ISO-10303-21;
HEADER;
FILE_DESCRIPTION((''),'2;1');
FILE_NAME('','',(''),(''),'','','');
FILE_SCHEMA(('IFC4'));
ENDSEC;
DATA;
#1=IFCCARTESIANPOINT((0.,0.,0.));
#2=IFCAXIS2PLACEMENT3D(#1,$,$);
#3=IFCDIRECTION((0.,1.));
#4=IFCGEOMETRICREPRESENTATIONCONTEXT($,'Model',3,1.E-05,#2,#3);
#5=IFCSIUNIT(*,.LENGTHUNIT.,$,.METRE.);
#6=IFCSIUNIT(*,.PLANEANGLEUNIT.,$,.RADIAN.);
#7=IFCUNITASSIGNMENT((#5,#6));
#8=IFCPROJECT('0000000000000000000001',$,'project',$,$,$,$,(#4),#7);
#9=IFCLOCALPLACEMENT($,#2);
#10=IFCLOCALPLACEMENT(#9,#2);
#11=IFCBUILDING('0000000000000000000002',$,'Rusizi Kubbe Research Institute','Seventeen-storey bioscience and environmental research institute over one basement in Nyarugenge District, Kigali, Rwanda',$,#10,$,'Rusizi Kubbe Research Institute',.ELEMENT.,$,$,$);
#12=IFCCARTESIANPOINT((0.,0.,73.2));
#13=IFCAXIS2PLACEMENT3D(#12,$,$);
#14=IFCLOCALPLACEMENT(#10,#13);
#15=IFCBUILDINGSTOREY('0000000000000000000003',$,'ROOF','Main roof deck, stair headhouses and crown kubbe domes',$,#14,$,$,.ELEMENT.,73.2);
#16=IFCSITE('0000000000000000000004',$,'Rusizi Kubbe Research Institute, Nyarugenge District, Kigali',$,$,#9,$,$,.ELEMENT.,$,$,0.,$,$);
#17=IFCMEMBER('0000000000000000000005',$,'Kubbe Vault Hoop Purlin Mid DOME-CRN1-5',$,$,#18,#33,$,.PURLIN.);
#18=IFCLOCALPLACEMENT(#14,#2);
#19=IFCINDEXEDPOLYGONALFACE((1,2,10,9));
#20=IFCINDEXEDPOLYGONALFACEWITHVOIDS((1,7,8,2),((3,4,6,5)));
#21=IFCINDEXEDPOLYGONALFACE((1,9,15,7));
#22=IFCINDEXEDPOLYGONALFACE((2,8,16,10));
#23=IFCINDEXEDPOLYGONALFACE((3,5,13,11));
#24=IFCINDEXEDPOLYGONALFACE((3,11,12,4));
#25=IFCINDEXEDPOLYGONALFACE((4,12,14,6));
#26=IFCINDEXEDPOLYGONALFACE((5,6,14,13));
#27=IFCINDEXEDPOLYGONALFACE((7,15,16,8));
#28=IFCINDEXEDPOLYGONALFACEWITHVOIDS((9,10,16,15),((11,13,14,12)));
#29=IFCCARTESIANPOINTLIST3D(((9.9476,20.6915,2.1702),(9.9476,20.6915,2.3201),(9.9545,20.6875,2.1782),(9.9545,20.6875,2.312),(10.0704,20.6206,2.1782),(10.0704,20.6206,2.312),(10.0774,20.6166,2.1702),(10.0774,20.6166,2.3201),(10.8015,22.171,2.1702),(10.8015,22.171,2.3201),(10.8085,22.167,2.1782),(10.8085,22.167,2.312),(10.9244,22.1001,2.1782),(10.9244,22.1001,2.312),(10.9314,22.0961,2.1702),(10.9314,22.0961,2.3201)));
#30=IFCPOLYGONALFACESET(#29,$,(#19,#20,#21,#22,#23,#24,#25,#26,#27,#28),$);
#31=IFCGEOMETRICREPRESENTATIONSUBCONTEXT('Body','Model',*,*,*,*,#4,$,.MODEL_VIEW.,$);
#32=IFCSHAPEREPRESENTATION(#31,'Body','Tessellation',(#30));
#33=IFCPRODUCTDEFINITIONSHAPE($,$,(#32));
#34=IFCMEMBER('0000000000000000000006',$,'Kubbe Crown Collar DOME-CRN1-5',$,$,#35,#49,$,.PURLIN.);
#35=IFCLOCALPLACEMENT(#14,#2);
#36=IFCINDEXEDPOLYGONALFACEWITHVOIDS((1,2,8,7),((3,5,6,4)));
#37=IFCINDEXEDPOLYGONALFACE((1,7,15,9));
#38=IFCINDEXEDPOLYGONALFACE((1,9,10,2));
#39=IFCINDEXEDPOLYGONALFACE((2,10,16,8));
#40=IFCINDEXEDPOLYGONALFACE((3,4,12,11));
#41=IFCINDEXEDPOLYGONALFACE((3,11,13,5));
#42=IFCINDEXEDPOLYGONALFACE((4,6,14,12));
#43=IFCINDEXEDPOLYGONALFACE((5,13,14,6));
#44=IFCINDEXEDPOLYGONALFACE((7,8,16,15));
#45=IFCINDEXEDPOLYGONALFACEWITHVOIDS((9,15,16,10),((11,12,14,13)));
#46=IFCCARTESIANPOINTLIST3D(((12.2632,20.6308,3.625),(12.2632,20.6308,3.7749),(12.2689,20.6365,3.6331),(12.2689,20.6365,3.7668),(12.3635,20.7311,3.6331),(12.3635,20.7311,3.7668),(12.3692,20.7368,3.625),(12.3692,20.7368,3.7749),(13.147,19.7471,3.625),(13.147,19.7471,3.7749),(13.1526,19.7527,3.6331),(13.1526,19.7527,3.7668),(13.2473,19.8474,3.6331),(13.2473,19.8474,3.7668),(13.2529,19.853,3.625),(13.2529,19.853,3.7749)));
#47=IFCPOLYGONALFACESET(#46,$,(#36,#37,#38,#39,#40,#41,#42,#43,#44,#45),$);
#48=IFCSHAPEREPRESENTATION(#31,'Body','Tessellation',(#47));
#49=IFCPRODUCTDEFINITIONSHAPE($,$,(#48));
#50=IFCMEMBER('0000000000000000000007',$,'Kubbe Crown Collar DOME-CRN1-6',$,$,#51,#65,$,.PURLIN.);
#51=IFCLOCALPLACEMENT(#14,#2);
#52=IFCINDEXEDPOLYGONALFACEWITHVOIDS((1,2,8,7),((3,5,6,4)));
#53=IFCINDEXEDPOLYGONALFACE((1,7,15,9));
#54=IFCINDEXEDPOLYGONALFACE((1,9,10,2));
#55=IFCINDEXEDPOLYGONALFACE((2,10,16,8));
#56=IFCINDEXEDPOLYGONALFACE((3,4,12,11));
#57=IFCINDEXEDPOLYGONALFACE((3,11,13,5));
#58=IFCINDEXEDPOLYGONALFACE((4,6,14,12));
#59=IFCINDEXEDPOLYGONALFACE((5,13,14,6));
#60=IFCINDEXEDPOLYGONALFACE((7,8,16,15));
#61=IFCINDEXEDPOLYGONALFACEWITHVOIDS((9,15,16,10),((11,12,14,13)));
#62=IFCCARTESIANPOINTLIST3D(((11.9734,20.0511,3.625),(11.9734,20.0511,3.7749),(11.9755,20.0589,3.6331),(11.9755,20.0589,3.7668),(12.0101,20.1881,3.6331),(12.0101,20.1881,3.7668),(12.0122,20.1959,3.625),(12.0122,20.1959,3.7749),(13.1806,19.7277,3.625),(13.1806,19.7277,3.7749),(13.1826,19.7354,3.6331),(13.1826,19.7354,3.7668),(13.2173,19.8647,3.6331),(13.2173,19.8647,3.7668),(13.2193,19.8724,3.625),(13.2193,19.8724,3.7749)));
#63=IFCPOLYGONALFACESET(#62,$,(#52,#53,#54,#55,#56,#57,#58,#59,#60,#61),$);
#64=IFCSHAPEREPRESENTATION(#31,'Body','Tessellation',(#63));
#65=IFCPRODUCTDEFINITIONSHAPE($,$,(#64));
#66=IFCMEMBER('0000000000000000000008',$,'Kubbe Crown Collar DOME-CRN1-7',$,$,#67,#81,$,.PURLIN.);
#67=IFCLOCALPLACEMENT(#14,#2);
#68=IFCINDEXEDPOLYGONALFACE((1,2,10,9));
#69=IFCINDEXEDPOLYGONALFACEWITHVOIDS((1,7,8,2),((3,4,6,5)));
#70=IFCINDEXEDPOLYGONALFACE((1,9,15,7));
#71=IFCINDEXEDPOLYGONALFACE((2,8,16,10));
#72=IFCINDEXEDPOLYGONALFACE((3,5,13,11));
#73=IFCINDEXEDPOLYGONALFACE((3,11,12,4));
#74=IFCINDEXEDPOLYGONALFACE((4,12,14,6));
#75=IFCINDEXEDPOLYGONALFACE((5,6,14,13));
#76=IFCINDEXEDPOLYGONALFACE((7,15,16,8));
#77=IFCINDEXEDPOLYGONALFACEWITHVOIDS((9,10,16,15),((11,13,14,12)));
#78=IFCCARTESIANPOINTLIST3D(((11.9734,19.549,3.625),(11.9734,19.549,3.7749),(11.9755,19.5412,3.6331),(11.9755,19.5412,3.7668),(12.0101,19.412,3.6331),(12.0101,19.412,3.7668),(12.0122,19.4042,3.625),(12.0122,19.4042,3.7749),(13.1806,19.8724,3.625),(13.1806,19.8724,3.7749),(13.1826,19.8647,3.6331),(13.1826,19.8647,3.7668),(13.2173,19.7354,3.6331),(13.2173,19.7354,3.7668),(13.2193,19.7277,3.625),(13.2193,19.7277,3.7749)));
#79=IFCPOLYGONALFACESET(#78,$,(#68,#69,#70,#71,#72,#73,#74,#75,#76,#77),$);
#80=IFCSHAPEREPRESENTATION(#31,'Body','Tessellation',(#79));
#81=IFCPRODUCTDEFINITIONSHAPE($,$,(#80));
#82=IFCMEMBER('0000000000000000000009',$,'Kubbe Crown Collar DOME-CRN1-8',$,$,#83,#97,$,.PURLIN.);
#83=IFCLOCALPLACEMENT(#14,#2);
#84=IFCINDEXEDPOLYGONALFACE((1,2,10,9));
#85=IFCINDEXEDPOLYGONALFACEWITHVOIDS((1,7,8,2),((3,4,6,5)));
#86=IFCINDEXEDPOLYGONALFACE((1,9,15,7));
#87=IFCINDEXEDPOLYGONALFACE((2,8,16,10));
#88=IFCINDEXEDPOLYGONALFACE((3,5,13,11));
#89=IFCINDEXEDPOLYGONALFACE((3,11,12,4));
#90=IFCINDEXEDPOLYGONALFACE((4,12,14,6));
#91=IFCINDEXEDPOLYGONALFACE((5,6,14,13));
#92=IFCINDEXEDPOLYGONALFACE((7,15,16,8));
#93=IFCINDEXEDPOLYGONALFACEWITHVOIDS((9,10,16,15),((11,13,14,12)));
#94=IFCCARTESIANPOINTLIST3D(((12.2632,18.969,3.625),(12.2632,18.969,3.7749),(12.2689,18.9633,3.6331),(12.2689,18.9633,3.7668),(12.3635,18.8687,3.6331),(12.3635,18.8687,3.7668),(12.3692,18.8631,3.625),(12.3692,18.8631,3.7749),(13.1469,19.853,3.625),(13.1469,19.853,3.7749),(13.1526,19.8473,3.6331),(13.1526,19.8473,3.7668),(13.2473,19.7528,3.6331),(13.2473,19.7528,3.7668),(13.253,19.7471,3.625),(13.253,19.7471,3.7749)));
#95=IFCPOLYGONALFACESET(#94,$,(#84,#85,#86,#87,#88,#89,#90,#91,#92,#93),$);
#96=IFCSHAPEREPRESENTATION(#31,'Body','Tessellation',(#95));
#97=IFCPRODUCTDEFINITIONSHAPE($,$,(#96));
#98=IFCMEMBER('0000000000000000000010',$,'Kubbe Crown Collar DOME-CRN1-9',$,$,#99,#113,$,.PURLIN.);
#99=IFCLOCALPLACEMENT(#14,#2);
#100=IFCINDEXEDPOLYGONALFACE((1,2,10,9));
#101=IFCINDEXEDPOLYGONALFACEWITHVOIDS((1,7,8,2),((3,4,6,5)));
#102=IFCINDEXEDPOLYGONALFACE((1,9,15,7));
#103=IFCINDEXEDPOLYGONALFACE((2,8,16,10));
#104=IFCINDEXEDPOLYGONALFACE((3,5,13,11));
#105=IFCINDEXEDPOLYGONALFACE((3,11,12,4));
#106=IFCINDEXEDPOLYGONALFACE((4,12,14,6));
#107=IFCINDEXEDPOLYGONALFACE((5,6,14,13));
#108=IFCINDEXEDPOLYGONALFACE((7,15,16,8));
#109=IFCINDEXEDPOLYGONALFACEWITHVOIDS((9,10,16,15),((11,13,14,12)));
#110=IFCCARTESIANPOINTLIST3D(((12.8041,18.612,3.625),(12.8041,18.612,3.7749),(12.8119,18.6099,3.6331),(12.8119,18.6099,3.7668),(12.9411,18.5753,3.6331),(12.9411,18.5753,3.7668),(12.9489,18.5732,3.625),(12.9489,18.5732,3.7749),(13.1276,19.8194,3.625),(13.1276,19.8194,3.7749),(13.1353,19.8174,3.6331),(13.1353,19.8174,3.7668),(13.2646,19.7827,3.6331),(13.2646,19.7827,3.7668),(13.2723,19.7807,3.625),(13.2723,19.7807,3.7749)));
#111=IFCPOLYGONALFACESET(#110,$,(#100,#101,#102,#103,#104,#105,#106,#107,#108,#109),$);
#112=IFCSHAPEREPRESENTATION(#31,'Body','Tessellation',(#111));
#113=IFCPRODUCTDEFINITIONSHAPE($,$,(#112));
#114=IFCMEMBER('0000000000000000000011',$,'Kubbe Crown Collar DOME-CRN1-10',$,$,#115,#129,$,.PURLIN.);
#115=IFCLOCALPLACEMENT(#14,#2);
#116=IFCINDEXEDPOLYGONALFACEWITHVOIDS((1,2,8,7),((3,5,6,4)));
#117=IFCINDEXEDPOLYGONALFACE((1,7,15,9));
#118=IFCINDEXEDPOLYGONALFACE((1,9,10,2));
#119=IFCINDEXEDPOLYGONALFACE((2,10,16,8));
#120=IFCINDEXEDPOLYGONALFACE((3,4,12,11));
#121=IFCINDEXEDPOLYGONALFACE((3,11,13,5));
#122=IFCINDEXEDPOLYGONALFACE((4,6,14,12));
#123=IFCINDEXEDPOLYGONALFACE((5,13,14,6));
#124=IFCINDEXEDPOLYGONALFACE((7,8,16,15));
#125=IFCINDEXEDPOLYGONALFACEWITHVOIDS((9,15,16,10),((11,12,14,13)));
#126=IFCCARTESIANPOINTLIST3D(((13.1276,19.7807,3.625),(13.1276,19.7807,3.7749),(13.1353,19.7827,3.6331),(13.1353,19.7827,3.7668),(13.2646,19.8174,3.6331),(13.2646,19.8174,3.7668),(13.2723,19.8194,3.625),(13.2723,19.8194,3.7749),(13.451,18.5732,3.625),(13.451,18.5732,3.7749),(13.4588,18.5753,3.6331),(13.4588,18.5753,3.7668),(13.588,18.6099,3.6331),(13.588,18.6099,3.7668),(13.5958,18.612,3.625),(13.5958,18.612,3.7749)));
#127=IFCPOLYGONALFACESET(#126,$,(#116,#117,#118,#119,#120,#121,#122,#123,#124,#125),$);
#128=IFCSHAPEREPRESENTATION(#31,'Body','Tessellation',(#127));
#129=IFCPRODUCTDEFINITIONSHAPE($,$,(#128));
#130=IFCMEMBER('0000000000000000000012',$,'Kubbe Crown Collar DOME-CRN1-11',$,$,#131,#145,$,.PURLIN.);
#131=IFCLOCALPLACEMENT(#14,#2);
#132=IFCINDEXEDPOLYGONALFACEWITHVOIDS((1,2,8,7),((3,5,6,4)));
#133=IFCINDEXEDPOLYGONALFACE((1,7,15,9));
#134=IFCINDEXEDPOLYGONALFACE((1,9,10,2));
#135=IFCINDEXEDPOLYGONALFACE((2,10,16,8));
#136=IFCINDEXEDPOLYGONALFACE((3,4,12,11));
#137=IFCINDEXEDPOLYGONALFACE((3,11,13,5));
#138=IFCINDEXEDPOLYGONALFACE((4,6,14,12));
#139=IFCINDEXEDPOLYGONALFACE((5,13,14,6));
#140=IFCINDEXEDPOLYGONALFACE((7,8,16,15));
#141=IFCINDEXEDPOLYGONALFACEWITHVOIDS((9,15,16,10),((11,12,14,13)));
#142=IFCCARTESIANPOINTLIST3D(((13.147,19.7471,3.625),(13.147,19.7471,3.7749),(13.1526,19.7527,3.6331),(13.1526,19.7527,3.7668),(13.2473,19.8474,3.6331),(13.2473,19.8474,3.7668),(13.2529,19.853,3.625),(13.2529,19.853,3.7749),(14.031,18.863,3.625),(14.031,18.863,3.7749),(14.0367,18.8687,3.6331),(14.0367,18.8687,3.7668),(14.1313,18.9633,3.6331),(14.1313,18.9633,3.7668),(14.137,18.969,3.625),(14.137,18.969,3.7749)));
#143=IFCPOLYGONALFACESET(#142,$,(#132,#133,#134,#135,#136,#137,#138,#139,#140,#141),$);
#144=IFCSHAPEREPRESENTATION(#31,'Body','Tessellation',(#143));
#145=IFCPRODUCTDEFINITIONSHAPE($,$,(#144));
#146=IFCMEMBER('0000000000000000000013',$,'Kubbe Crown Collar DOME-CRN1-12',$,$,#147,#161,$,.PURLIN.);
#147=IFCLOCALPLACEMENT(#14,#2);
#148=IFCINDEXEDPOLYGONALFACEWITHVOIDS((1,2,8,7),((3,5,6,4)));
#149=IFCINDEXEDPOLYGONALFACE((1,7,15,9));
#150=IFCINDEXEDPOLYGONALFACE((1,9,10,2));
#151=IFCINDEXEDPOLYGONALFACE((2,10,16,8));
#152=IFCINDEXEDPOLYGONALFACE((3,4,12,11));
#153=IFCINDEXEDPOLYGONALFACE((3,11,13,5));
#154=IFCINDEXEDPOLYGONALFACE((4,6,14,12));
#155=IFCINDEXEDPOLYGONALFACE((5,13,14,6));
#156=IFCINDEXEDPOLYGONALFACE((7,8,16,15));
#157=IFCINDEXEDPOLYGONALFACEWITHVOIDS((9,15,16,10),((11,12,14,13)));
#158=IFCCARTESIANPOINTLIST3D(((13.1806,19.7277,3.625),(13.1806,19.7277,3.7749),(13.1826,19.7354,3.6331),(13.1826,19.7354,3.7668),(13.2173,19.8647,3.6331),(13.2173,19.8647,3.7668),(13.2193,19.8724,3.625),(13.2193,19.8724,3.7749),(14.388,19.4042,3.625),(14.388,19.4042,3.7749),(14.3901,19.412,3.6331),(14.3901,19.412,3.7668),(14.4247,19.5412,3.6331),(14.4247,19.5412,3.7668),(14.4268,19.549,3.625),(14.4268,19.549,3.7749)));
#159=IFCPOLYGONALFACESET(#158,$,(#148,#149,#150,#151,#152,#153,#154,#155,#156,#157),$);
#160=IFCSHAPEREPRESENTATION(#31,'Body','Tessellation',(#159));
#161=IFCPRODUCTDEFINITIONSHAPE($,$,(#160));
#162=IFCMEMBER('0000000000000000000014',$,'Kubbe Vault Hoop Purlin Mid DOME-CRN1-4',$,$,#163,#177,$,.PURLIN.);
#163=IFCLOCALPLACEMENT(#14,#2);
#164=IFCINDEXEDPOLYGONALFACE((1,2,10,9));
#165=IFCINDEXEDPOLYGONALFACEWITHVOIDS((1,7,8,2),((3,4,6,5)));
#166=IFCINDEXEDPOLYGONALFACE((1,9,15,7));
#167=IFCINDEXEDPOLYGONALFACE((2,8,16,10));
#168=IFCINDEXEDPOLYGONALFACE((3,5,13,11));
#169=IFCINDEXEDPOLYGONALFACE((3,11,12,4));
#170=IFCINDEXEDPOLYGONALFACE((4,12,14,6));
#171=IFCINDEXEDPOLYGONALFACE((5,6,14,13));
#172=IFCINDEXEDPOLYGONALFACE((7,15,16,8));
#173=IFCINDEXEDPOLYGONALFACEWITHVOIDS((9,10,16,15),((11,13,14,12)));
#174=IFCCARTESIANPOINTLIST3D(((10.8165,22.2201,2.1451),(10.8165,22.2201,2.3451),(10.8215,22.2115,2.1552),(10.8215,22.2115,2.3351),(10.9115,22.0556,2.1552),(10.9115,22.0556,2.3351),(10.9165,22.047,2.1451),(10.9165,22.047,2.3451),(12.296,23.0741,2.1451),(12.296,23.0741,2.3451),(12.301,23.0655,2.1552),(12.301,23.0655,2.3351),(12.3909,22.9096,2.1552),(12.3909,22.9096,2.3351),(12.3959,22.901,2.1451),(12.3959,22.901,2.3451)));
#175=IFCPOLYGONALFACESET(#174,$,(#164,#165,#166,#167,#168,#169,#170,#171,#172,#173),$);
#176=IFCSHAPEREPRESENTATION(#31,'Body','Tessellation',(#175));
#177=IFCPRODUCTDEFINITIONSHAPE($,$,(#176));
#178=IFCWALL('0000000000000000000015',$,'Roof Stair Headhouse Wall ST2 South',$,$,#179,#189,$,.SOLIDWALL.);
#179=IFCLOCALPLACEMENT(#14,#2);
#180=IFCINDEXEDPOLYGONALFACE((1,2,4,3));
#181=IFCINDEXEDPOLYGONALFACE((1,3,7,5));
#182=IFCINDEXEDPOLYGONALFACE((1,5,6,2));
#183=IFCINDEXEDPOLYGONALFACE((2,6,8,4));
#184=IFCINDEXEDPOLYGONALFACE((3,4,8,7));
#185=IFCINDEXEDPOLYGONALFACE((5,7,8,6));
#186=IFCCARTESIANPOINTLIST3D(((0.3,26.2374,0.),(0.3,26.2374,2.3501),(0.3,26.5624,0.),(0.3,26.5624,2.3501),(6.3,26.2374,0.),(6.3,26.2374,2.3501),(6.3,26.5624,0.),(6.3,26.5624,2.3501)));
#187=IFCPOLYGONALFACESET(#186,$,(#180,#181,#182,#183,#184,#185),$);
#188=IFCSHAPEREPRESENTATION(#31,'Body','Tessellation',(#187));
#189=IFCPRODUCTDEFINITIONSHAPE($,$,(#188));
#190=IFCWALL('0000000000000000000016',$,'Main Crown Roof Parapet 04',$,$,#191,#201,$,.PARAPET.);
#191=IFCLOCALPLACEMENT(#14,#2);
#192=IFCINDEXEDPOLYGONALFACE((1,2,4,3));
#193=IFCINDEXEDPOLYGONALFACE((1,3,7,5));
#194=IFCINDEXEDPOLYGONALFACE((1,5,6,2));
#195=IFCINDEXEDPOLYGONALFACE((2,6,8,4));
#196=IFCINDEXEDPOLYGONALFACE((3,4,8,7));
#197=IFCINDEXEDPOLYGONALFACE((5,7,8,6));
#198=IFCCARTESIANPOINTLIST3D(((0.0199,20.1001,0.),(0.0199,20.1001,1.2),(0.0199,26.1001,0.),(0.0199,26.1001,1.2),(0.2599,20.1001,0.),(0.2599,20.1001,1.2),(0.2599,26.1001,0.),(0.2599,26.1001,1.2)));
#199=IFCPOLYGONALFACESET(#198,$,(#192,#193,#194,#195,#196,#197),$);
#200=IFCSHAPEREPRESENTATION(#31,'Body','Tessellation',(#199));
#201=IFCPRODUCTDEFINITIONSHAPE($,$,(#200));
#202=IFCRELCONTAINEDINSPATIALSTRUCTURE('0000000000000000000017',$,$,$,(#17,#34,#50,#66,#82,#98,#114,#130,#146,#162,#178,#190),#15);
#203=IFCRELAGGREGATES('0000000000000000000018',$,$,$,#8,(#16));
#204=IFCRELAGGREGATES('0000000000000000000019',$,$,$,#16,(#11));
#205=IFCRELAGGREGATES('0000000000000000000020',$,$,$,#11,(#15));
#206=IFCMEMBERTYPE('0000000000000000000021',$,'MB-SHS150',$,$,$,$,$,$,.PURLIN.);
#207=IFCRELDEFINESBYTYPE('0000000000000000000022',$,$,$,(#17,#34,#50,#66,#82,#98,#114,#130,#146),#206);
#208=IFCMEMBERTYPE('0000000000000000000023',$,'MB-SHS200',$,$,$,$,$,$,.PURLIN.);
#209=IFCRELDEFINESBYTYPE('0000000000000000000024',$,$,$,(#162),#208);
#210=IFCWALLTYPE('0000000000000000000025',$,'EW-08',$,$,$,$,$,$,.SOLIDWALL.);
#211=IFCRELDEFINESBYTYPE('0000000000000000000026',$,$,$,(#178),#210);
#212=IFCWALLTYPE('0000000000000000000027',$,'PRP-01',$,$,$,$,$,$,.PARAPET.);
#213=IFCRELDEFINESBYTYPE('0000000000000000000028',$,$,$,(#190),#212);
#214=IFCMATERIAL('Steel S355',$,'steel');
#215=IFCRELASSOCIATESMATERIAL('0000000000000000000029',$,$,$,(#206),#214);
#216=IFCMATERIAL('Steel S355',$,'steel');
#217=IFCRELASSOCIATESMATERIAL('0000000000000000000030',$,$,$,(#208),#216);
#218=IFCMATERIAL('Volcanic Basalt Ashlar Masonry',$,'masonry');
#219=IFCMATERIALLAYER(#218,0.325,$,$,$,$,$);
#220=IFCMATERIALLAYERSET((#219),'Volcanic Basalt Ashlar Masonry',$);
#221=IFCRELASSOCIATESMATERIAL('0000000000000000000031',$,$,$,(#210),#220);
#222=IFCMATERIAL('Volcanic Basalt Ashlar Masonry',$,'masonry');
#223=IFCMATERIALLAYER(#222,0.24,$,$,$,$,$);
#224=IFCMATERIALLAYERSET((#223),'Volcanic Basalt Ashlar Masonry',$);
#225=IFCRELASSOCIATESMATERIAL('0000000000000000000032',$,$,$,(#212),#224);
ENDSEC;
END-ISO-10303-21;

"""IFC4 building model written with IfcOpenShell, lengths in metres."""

from ifc_helpers import new_model, si_unit, direction, frame, frame_2d, origin, origin_2d, place, context, subcontext, project, spatial, rectangle, hollow_rectangle, extrude, material, layer, layer_set, material_profile, profile_set, type_object, element, save


model = new_model("IFC4")

# Units and contexts
model_context = context("Model", 3, precision=1e-05, world=origin(), true_north=direction((0.0, 1.0)))
body_context = subcontext(model_context, "Body", "Model", "MODEL_VIEW")
ifc_project = project(units=[si_unit("LENGTHUNIT", "METRE"), si_unit("PLANEANGLEUNIT", "RADIAN")], contexts=[model_context])

# Site, building, storey
site_placement = place(None, origin())
site = spatial("IfcSite", under=ifc_project, at=site_placement, Name="Rusizi Kubbe Research Institute, Nyarugenge District, Kigali", CompositionType="ELEMENT", RefElevation=0.0)
building_placement = place(site_placement, origin())
building = spatial("IfcBuilding", under=site, at=building_placement, Name="Rusizi Kubbe Research Institute", Description="Seventeen-storey bioscience and environmental research institute over one basement in Nyarugenge District, Kigali, Rwanda", LongName="Rusizi Kubbe Research Institute", CompositionType="ELEMENT")
storey_placement = place(building_placement, frame((0.0, 0.0, 73.2)))
storey = spatial("IfcBuildingStorey", under=building, at=storey_placement, Name="ROOF", Description="Main roof deck, stair headhouses and crown kubbe domes", CompositionType="ELEMENT", Elevation=73.2)

# Members
ifc_material_1 = material(Name="Steel S355", Category="steel")
ifc_material_profile_1 = material_profile(ifc_material_1, hollow_rectangle(XDim=0.1499, YDim=0.1499, WallThickness=0.0081, at=origin_2d()), Name="SHS 150x150x8.0")
ifc_profile_set_1 = profile_set([ifc_material_profile_1], Name="Steel S355")
member_type_1 = type_object("IfcMemberType", Name="MB-SHS150", PredefinedType="PURLIN", material=ifc_profile_set_1)
member_1_placement = place(storey_placement, frame((10.8665, 22.1335, 2.2451), z_axis=(-0.49992, -0.866071, 0.0), x_axis=(0.866071, -0.49992, 0.0)))
element("IfcMember", 1, at=member_1_placement, inside=storey, type_object=member_type_1, Name="Kubbe Vault Hoop Purlin Mid DOME-CRN1-5", PredefinedType="PURLIN", context=body_context, shape_type="SweptSolid", body=[
    extrude(hollow_rectangle(XDim=0.1499, YDim=0.1499, WallThickness=0.0081, at=origin_2d()), origin(), (0.0, 0.0, 1.0), 1.7083),
])
for number, where, z_axis, x_axis, name in (
    (2, (13.2, 19.8, 3.7), (-0.707107, 0.707107, 0.0), (-0.707107, -0.707107, 0.0), "Kubbe Crown Collar DOME-CRN1-5"),
    (3, (13.2, 19.8, 3.7), (-0.965926, 0.258817, 0.0), (-0.258817, -0.965926, 0.0), "Kubbe Crown Collar DOME-CRN1-6"),
    (4, (13.2, 19.8, 3.7), (-0.965926, -0.258817, 0.0), (0.258817, -0.965926, 0.0), "Kubbe Crown Collar DOME-CRN1-7"),
):
    element("IfcMember", number, at=place(storey_placement, frame(where, z_axis=z_axis, x_axis=x_axis)), inside=storey, type_object=member_type_1, Name=name, PredefinedType="PURLIN", context=body_context, shape_type="SweptSolid", body=[
        extrude(hollow_rectangle(XDim=0.1499, YDim=0.1499, WallThickness=0.0081, at=origin_2d()), origin(), (0.0, 0.0, 1.0), 1.2498),
    ])
for number, where, z_axis, x_axis, name in (
    (5, (13.2, 19.8, 3.7), (-0.707009, -0.707204, 0.0), (0.707204, -0.707009, 0.0), "Kubbe Crown Collar DOME-CRN1-8"),
    (6, (13.2, 19.8, 3.7), (-0.258769, -0.965939, 0.0), (0.965939, -0.258769, 0.0), "Kubbe Crown Collar DOME-CRN1-9"),
    (7, (13.2, 19.8, 3.7), (0.258769, -0.965939, 0.0), (0.965939, 0.258769, 0.0), "Kubbe Crown Collar DOME-CRN1-10"),
):
    element("IfcMember", number, at=place(storey_placement, frame(where, z_axis=z_axis, x_axis=x_axis)), inside=storey, type_object=member_type_1, Name=name, PredefinedType="PURLIN", context=body_context, shape_type="SweptSolid", body=[
        extrude(hollow_rectangle(XDim=0.1499, YDim=0.1499, WallThickness=0.0081, at=origin_2d()), origin(), (0.0, 0.0, 1.0), 1.25),
    ])
member_2_placement = place(storey_placement, frame((13.2, 19.8, 3.7), z_axis=(0.707107, -0.707107, 0.0), x_axis=(0.707107, 0.707107, 0.0)))
element("IfcMember", 8, at=member_2_placement, inside=storey, type_object=member_type_1, Name="Kubbe Crown Collar DOME-CRN1-11", PredefinedType="PURLIN", context=body_context, shape_type="SweptSolid", body=[
    extrude(hollow_rectangle(XDim=0.1499, YDim=0.1499, WallThickness=0.0081, at=origin_2d()), origin(), (0.0, 0.0, 1.0), 1.2502),
])
member_3_placement = place(storey_placement, frame((13.2, 19.8, 3.7), z_axis=(0.965939, -0.258769, 0.0), x_axis=(0.258769, 0.965939, 0.0)))
element("IfcMember", 9, at=member_3_placement, inside=storey, type_object=member_type_1, Name="Kubbe Crown Collar DOME-CRN1-12", PredefinedType="PURLIN", context=body_context, shape_type="SweptSolid", body=[
    extrude(hollow_rectangle(XDim=0.1499, YDim=0.1499, WallThickness=0.0081, at=origin_2d()), origin(), (0.0, 0.0, 1.0), 1.25),
])
ifc_material_2 = material(Name="Steel S355", Category="steel")
ifc_material_profile_2 = material_profile(ifc_material_2, hollow_rectangle(XDim=0.2, YDim=0.2, WallThickness=0.01, at=origin_2d()), Name="SHS 200x200x10.0")
ifc_profile_set_2 = profile_set([ifc_material_profile_2], Name="Steel S355")
member_type_2 = type_object("IfcMemberType", Name="MB-SHS200", PredefinedType="PURLIN", material=ifc_profile_set_2)
member_4_placement = place(storey_placement, frame((12.3459, 22.9875, 2.2451), z_axis=(-0.866071, -0.49992, 0.0), x_axis=(0.49992, -0.866071, 0.0)))
element("IfcMember", 10, at=member_4_placement, inside=storey, type_object=member_type_2, Name="Kubbe Vault Hoop Purlin Mid DOME-CRN1-4", PredefinedType="PURLIN", context=body_context, shape_type="SweptSolid", body=[
    extrude(hollow_rectangle(XDim=0.2, YDim=0.2, WallThickness=0.01, at=origin_2d()), origin(), (0.0, 0.0, 1.0), 1.7083),
])

# Walls
ifc_material_3 = material(Name="Volcanic Basalt Ashlar Masonry", Category="masonry")
ifc_layer_1 = layer(ifc_material_3, 0.325)
ifc_layer_set_1 = layer_set([ifc_layer_1], Name="Volcanic Basalt Ashlar Masonry")
wall_type_1 = type_object("IfcWallType", Name="EW-08", PredefinedType="SOLIDWALL", material=ifc_layer_set_1)
wall_1_placement = place(storey_placement, frame((0.3, 26.3999, 0.0), z_axis=(0.0, 0.0, 1.0), x_axis=(1.0, 0.0, 0.0)))
element("IfcWall", 11, at=wall_1_placement, inside=storey, type_object=wall_type_1, Name="Roof Stair Headhouse Wall ST2 South", PredefinedType="SOLIDWALL", context=body_context, shape_type="SweptSolid", body=[
    extrude(rectangle(XDim=6.0, YDim=0.325, at=frame_2d((3.0, 0.0))), origin(), (0.0, 0.0, 1.0), 2.3501),
])
ifc_material_4 = material(Name="Volcanic Basalt Ashlar Masonry", Category="masonry")
ifc_layer_2 = layer(ifc_material_4, 0.24)
ifc_layer_set_2 = layer_set([ifc_layer_2], Name="Volcanic Basalt Ashlar Masonry")
wall_type_2 = type_object("IfcWallType", Name="PRP-01", PredefinedType="PARAPET", material=ifc_layer_set_2)
wall_2_placement = place(storey_placement, frame((0.1399, 20.1001, 0.0), z_axis=(0.0, 0.0, 1.0), x_axis=(0.0, 1.0, 0.0)))
element("IfcWall", 12, at=wall_2_placement, inside=storey, type_object=wall_type_2, Name="Main Crown Roof Parapet 04", PredefinedType="PARAPET", context=body_context, shape_type="SweptSolid", body=[
    extrude(rectangle(XDim=6.0, YDim=0.24, at=frame_2d((3.0, 0.0))), origin(), (0.0, 0.0, 1.0), 1.2),
])

save(model, "model.ifc")
